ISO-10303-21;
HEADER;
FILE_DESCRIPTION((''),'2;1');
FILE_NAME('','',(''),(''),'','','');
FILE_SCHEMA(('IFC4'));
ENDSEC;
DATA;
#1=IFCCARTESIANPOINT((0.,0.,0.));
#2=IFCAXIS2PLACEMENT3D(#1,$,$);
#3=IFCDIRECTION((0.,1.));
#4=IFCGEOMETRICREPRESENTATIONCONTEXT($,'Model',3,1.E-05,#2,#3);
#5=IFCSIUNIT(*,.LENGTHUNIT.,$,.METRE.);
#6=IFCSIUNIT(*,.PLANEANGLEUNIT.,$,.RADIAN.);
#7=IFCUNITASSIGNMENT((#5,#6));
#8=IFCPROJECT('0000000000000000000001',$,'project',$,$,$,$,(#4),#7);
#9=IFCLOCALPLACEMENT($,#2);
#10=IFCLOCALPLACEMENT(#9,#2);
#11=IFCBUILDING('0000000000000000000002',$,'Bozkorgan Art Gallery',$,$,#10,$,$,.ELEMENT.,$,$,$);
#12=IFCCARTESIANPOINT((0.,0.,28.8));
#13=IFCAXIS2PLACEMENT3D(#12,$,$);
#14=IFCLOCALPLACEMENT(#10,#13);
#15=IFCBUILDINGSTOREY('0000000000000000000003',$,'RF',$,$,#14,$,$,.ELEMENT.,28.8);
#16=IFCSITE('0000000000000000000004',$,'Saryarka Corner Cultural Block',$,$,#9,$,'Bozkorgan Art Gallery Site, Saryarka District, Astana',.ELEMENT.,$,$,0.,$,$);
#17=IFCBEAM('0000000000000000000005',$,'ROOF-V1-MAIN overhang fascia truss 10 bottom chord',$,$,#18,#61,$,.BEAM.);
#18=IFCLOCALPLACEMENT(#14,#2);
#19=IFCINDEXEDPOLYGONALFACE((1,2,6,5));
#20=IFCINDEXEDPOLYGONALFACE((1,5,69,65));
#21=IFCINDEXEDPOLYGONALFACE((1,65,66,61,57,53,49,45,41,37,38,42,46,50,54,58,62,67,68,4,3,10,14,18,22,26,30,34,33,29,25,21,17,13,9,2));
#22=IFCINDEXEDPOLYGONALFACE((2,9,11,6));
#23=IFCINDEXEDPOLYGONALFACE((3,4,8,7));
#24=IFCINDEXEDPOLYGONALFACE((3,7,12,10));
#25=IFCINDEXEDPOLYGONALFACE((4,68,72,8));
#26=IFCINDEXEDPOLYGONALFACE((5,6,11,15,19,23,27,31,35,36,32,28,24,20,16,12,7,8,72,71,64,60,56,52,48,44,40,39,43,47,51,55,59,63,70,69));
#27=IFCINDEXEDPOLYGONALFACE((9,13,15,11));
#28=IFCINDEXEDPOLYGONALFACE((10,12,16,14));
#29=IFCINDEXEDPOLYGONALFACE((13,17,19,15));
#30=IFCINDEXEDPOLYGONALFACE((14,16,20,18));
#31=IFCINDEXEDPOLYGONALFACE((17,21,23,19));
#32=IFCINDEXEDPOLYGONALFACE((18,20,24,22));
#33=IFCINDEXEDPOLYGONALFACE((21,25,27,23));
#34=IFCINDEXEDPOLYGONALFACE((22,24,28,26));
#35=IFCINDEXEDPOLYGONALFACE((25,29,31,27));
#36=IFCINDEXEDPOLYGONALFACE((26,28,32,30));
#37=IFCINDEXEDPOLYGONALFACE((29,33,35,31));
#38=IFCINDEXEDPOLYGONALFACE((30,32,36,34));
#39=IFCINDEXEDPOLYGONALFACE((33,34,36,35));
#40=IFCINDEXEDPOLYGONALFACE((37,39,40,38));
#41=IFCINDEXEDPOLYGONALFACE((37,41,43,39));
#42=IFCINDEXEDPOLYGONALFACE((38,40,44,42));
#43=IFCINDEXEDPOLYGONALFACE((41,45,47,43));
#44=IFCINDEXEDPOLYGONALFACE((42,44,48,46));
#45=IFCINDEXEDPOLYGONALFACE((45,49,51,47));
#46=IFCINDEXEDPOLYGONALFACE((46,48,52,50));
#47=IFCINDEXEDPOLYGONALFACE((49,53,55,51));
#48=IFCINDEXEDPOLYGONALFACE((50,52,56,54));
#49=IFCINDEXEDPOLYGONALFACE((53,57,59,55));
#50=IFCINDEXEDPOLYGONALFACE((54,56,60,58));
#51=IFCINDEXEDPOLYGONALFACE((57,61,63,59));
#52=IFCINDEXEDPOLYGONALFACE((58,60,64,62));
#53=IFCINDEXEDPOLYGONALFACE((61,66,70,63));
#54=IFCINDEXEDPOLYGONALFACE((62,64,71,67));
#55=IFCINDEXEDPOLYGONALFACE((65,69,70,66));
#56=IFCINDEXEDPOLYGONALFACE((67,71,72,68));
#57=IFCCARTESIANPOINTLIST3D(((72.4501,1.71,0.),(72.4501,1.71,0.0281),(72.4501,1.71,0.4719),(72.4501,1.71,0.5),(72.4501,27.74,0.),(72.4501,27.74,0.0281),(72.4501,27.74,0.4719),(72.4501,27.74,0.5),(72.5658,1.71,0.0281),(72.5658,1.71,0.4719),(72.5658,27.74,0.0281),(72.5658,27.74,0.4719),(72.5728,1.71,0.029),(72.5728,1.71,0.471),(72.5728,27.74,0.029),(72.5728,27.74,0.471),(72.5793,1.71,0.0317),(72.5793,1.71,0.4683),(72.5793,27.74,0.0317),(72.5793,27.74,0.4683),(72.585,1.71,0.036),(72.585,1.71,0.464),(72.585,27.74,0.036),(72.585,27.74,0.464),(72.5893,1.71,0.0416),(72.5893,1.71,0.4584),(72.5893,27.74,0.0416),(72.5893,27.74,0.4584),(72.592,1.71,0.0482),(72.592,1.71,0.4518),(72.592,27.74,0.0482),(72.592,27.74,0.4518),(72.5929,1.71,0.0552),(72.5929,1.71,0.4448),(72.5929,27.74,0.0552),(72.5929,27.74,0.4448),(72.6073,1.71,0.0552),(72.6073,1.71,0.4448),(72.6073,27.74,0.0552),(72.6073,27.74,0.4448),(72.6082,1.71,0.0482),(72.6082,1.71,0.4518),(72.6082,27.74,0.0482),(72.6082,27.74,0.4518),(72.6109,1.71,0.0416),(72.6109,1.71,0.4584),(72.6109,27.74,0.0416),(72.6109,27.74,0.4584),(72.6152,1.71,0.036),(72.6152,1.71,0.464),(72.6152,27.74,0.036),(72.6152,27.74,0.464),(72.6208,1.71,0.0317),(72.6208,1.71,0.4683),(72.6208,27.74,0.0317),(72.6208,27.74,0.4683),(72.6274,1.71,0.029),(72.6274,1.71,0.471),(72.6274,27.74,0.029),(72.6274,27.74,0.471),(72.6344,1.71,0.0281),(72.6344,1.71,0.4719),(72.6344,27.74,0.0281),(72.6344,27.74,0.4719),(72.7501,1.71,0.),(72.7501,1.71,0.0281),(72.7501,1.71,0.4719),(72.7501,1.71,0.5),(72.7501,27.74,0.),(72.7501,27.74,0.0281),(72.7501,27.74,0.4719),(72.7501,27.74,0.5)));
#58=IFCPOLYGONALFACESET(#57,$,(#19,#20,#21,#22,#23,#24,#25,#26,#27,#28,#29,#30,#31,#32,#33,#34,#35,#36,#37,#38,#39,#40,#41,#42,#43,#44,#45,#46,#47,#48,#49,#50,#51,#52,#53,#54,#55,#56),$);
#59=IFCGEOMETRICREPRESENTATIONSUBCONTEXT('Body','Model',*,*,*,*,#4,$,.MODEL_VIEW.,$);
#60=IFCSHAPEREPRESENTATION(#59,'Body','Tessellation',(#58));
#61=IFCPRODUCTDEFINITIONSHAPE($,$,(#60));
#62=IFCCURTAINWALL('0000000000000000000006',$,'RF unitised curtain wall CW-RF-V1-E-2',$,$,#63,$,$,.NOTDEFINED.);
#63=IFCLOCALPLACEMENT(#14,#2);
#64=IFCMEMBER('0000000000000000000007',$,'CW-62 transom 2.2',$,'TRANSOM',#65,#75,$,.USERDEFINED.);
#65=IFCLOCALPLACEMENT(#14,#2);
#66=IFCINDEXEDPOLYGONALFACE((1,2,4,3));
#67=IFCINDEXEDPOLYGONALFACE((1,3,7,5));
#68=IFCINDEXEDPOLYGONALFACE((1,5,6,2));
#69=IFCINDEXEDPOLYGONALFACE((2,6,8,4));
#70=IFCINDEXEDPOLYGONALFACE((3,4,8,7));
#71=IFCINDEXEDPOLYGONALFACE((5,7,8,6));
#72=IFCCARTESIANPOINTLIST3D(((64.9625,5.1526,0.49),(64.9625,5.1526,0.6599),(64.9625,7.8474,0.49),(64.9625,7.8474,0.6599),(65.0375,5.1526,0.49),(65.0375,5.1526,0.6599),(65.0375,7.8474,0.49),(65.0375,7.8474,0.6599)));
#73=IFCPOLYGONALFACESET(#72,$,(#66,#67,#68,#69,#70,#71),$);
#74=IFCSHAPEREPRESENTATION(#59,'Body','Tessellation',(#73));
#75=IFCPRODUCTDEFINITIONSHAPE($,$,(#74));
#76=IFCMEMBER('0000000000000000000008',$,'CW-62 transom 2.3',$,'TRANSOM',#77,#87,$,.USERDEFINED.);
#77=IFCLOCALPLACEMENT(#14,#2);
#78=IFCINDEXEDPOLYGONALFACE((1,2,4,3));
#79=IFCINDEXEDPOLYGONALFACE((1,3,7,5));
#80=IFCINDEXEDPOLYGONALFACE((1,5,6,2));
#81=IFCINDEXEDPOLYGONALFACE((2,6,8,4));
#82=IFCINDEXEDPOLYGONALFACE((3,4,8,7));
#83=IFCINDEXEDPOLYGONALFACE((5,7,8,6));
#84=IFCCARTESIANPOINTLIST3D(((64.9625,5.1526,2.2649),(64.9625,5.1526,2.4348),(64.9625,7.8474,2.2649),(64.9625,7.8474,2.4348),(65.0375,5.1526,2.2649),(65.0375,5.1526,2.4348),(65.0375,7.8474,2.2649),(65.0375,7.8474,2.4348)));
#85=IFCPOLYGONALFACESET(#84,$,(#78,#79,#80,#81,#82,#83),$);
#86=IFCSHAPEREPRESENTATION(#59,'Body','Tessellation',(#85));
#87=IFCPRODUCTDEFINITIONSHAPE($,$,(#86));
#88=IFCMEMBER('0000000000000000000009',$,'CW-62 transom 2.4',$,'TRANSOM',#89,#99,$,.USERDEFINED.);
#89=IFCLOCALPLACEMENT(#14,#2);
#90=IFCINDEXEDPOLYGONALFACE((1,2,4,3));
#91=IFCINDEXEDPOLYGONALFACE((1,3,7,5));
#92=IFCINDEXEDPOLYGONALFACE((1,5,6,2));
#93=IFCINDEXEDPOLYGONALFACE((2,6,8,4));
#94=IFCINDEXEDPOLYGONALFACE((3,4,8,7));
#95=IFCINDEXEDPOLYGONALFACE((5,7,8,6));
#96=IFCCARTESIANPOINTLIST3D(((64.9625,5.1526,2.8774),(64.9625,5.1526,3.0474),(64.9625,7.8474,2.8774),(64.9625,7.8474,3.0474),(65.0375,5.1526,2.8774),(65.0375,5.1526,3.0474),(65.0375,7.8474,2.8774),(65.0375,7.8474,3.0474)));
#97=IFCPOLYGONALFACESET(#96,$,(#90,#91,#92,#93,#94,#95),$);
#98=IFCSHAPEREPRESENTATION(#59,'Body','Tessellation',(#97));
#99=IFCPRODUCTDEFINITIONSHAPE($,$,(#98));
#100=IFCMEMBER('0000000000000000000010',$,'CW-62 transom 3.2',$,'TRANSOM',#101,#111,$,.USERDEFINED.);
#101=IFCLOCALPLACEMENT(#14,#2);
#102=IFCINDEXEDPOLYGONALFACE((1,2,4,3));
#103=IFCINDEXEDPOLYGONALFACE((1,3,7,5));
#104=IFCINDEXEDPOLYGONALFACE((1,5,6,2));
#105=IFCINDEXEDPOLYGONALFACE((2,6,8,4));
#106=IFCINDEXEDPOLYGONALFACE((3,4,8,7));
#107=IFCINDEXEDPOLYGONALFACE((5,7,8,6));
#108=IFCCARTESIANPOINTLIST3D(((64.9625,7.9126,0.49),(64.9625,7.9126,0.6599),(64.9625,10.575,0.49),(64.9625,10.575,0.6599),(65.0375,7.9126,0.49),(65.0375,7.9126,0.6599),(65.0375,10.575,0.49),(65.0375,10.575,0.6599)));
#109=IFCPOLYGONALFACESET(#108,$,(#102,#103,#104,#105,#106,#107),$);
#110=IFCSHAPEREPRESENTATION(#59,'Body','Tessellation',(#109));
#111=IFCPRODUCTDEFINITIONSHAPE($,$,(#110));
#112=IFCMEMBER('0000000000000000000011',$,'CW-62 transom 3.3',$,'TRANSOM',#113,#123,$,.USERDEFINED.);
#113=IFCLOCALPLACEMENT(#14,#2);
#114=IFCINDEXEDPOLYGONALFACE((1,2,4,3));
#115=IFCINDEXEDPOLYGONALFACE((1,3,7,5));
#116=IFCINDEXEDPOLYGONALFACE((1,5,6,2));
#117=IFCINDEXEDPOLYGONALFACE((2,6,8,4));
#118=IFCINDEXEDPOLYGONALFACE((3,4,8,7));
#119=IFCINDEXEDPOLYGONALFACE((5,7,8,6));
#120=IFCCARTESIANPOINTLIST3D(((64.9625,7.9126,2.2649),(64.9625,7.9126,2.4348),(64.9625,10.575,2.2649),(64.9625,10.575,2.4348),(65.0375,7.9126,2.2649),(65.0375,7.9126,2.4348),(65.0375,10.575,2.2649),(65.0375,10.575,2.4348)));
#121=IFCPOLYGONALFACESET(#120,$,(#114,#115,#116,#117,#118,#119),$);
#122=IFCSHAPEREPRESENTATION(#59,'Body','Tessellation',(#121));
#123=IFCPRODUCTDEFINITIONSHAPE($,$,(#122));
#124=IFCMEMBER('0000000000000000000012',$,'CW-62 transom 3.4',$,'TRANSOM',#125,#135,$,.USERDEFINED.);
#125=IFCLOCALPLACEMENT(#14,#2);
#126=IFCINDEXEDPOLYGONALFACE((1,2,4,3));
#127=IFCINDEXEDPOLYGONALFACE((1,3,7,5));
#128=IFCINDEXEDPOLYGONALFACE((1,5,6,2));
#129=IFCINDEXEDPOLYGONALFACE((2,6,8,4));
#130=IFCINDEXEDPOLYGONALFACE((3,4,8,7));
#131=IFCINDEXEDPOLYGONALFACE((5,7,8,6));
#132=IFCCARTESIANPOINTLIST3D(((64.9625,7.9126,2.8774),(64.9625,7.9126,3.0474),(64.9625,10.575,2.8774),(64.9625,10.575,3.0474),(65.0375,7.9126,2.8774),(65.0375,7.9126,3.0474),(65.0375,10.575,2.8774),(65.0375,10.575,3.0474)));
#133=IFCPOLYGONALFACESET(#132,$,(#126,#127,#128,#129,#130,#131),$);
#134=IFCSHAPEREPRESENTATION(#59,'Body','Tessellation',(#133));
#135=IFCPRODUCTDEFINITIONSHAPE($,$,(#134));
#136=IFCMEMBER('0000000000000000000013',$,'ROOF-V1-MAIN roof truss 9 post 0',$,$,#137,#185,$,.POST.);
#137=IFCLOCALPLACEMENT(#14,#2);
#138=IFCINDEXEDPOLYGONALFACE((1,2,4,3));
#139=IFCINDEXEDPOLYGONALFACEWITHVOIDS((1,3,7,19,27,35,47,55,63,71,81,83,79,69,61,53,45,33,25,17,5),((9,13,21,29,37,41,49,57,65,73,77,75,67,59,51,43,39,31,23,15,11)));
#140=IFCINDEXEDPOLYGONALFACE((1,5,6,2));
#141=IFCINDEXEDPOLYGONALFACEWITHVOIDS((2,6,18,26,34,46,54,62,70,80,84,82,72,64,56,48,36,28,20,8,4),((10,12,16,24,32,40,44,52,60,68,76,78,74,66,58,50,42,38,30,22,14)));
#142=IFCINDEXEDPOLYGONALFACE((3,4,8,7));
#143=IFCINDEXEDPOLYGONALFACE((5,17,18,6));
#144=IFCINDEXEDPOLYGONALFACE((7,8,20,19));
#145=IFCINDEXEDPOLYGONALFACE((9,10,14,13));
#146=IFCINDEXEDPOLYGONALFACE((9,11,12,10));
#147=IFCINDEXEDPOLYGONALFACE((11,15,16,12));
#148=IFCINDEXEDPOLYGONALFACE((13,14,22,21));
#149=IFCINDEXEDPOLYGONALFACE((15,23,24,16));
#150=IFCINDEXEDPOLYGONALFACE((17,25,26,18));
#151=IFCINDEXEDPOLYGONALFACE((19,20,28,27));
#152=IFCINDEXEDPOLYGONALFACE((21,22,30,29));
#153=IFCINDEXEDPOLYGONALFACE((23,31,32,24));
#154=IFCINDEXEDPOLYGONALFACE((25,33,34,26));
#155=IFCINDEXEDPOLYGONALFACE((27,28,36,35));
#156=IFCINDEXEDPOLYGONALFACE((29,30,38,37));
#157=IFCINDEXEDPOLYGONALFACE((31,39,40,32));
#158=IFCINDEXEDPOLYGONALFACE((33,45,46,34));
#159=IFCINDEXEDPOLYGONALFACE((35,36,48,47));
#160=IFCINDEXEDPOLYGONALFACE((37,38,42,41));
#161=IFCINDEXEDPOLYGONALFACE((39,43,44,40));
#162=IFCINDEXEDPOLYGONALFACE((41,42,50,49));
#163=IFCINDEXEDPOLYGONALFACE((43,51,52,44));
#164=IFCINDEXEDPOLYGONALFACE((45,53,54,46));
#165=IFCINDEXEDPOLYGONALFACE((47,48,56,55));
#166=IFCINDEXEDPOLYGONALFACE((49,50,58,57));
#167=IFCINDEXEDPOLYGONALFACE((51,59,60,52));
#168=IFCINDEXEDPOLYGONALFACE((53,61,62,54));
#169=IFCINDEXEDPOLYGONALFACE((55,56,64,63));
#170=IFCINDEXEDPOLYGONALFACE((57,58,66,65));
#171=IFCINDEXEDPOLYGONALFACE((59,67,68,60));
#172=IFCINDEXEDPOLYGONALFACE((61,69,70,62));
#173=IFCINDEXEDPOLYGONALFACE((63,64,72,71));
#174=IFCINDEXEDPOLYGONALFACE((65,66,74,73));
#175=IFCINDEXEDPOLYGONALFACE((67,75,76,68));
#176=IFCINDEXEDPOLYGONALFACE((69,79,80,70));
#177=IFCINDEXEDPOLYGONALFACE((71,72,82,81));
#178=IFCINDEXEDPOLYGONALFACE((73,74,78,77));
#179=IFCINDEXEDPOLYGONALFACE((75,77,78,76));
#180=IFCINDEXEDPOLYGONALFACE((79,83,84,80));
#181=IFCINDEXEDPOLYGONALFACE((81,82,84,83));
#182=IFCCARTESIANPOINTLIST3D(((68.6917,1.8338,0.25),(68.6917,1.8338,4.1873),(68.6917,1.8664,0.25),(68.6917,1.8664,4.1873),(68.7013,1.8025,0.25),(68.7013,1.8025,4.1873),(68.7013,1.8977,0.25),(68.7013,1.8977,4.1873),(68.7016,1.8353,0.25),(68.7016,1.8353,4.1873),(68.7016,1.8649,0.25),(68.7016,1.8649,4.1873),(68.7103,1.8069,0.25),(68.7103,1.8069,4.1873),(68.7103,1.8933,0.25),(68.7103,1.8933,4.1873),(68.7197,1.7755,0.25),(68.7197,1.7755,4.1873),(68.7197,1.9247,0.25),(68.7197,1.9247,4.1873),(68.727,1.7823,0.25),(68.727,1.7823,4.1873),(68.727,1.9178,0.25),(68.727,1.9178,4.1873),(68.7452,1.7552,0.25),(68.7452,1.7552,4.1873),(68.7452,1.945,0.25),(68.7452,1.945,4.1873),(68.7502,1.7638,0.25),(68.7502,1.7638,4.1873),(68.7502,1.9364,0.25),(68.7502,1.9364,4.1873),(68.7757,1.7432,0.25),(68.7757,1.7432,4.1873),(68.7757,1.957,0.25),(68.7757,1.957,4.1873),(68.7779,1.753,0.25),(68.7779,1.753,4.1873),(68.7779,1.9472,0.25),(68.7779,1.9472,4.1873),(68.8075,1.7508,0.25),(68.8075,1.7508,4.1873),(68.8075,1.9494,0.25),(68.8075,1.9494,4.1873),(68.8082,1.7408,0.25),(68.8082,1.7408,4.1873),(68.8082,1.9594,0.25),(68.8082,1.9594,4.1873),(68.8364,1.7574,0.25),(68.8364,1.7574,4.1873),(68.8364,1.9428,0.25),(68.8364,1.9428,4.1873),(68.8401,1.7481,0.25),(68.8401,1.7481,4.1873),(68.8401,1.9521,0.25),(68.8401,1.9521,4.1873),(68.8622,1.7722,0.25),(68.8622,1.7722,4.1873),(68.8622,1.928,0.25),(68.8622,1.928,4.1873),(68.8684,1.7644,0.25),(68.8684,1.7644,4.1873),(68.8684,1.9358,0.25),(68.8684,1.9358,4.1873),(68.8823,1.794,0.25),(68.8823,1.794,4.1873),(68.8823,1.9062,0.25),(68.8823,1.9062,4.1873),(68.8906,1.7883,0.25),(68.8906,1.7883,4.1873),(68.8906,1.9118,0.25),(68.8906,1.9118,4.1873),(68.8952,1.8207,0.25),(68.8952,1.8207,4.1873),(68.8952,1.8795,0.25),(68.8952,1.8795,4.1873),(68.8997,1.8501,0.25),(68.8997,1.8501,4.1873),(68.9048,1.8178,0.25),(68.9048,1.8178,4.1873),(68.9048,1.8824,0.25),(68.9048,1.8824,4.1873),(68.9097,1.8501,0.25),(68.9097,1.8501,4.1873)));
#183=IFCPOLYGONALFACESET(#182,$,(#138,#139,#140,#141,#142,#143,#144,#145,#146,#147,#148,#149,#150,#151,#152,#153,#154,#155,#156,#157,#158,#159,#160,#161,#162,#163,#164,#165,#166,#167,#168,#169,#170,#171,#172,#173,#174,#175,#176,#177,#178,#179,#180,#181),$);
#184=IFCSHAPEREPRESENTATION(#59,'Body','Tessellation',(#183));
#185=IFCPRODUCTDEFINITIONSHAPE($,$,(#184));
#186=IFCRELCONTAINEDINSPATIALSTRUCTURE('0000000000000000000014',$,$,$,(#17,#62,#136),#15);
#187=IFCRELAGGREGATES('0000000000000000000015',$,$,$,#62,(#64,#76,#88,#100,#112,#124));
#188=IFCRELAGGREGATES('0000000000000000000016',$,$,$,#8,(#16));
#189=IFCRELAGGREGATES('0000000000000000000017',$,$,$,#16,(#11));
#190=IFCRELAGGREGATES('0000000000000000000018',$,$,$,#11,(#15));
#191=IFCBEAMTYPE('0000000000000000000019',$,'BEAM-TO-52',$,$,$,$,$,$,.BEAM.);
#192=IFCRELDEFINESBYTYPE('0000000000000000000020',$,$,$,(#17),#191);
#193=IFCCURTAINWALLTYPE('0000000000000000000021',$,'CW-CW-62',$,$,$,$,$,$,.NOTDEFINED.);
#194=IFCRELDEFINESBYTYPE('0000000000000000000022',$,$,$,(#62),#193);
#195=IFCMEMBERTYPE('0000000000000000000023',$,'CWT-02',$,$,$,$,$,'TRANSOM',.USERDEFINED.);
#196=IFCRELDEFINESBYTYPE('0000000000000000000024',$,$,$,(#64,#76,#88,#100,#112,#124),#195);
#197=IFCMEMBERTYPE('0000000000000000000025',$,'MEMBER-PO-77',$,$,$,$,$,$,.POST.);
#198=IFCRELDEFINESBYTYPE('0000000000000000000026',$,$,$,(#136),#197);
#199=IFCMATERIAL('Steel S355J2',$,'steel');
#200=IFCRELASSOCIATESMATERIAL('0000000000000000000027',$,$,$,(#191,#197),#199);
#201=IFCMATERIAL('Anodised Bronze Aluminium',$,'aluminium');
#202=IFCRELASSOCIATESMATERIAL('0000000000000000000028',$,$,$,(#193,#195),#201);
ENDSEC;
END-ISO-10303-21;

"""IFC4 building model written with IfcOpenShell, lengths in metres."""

from ifc_helpers import new_model, si_unit, direction, frame, origin, origin_2d, place, context, subcontext, project, spatial, rectangle, hollow_circle, i_section, extrude, material, material_profile, profile_set, type_object, element, aggregate, save


model = new_model("IFC4")

# Units and contexts
model_context = context("Model", 3, precision=1e-05, world=origin(), true_north=direction((0.0, 1.0)))
body_context = subcontext(model_context, "Body", "Model", "MODEL_VIEW")
ifc_project = project(units=[si_unit("LENGTHUNIT", "METRE"), si_unit("PLANEANGLEUNIT", "RADIAN")], contexts=[model_context])

# Site, building, storey
site_placement = place(None, origin())
site = spatial("IfcSite", under=ifc_project, at=site_placement, Name="Saryarka Corner Cultural Block", LongName="Bozkorgan Art Gallery Site, Saryarka District, Astana", CompositionType="ELEMENT", RefElevation=0.0)
building_placement = place(site_placement, origin())
building = spatial("IfcBuilding", under=site, at=building_placement, Name="Bozkorgan Art Gallery", CompositionType="ELEMENT")
storey_placement = place(building_placement, frame((0.0, 0.0, 28.8)))
storey = spatial("IfcBuildingStorey", under=building, at=storey_placement, Name="RF", CompositionType="ELEMENT", Elevation=28.8)

# Beam
ifc_material_1 = material(Name="Steel S355J2", Category="steel")
ifc_material_profile_1 = material_profile(ifc_material_1, i_section(OverallWidth=0.3, OverallDepth=0.5, WebThickness=0.0144, FlangeThickness=0.0281, FilletRadius=0.0271, at=origin_2d()), Name="HEB 500")
ifc_profile_set_1 = profile_set([ifc_material_profile_1], Name="Steel S355J2")
beam_type = type_object("IfcBeamType", Name="BEAM-TO-52", PredefinedType="BEAM", material=ifc_profile_set_1)
beam_placement = place(storey_placement, frame((72.6001, 1.71, 0.25), z_axis=(0.0, 1.0, 0.0), x_axis=(-1.0, 0.0, 0.0)))
element("IfcBeam", 1, at=beam_placement, inside=storey, type_object=beam_type, Name="ROOF-V1-MAIN overhang fascia truss 10 bottom chord", PredefinedType="BEAM", context=body_context, shape_type="SweptSolid", body=[
    extrude(i_section(OverallWidth=0.3, OverallDepth=0.5, WebThickness=0.0144, FlangeThickness=0.0281, FilletRadius=0.0271, at=origin_2d()), origin(), (0.0, 0.0, 1.0), 26.03),
])

# Curtain wall, members
ifc_material_2 = material(Name="Anodised Bronze Aluminium", Category="aluminium")
curtain_wall_type = type_object("IfcCurtainWallType", Name="CW-CW-62", PredefinedType="NOTDEFINED", material=ifc_material_2)
curtain_wall_placement = place(storey_placement, origin())
curtain_wall = element("IfcCurtainWall", 2, at=curtain_wall_placement, inside=storey, type_object=curtain_wall_type, Name="RF unitised curtain wall CW-RF-V1-E-2", PredefinedType="NOTDEFINED")
ifc_material_profile_2 = material_profile(ifc_material_2, rectangle(XDim=0.075, YDim=0.1699, at=origin_2d()), Name="ALU TRANSOM 75x170")
ifc_profile_set_2 = profile_set([ifc_material_profile_2], Name="Anodised Bronze Aluminium")
member_type_1 = type_object("IfcMemberType", Name="CWT-02", ElementType="TRANSOM", PredefinedType="USERDEFINED", material=ifc_profile_set_2)
member_1_placement = place(storey_placement, frame((65.0, 5.1526, 0.575), z_axis=(0.0, 1.0, 0.0), x_axis=(-1.0, 0.0, 0.0)))
member_1 = element("IfcMember", 3, at=member_1_placement, type_object=member_type_1, Name="CW-62 transom 2.2", ObjectType="TRANSOM", PredefinedType="USERDEFINED", context=body_context, shape_type="SweptSolid", body=[
    extrude(rectangle(XDim=0.075, YDim=0.1699, at=origin_2d()), origin(), (0.0, 0.0, 1.0), 2.6948),
])
member_2_placement = place(storey_placement, frame((65.0, 5.1526, 2.3499), z_axis=(0.0, 1.0, 0.0), x_axis=(-1.0, 0.0, 0.0)))
member_2 = element("IfcMember", 4, at=member_2_placement, type_object=member_type_1, Name="CW-62 transom 2.3", ObjectType="TRANSOM", PredefinedType="USERDEFINED", context=body_context, shape_type="SweptSolid", body=[
    extrude(rectangle(XDim=0.075, YDim=0.1699, at=origin_2d()), origin(), (0.0, 0.0, 1.0), 2.6948),
])
member_3_placement = place(storey_placement, frame((65.0, 5.1526, 2.9624), z_axis=(0.0, 1.0, 0.0), x_axis=(-1.0, 0.0, 0.0)))
member_3 = element("IfcMember", 5, at=member_3_placement, type_object=member_type_1, Name="CW-62 transom 2.4", ObjectType="TRANSOM", PredefinedType="USERDEFINED", context=body_context, shape_type="SweptSolid", body=[
    extrude(rectangle(XDim=0.075, YDim=0.1699, at=origin_2d()), origin(), (0.0, 0.0, 1.0), 2.6948),
])
member_4_placement = place(storey_placement, frame((65.0, 7.9126, 0.575), z_axis=(0.0, 1.0, 0.0), x_axis=(-1.0, 0.0, 0.0)))
member_4 = element("IfcMember", 6, at=member_4_placement, type_object=member_type_1, Name="CW-62 transom 3.2", ObjectType="TRANSOM", PredefinedType="USERDEFINED", context=body_context, shape_type="SweptSolid", body=[
    extrude(rectangle(XDim=0.075, YDim=0.1699, at=origin_2d()), origin(), (0.0, 0.0, 1.0), 2.6624),
])
member_5_placement = place(storey_placement, frame((65.0, 7.9126, 2.3499), z_axis=(0.0, 1.0, 0.0), x_axis=(-1.0, 0.0, 0.0)))
member_5 = element("IfcMember", 7, at=member_5_placement, type_object=member_type_1, Name="CW-62 transom 3.3", ObjectType="TRANSOM", PredefinedType="USERDEFINED", context=body_context, shape_type="SweptSolid", body=[
    extrude(rectangle(XDim=0.075, YDim=0.1699, at=origin_2d()), origin(), (0.0, 0.0, 1.0), 2.6624),
])
member_6_placement = place(storey_placement, frame((65.0, 7.9126, 2.9624), z_axis=(0.0, 1.0, 0.0), x_axis=(-1.0, 0.0, 0.0)))
member_6 = element("IfcMember", 8, at=member_6_placement, type_object=member_type_1, Name="CW-62 transom 3.4", ObjectType="TRANSOM", PredefinedType="USERDEFINED", context=body_context, shape_type="SweptSolid", body=[
    extrude(rectangle(XDim=0.075, YDim=0.1699, at=origin_2d()), origin(), (0.0, 0.0, 1.0), 2.6624),
])

# Member
ifc_material_profile_3 = material_profile(ifc_material_1, hollow_circle(Radius=0.1096, WallThickness=0.01, at=origin_2d()), Name="CHS 219.1x10")
ifc_profile_set_3 = profile_set([ifc_material_profile_3], Name="Steel S355J2")
member_type_2 = type_object("IfcMemberType", Name="MEMBER-PO-77", PredefinedType="POST", material=ifc_profile_set_3)
member_7_placement = place(storey_placement, frame((68.8, 1.8501, 0.25), z_axis=(0.0, 0.0, 1.0), x_axis=(1.0, 0.0, 0.0)))
element("IfcMember", 9, at=member_7_placement, inside=storey, type_object=member_type_2, Name="ROOF-V1-MAIN roof truss 9 post 0", PredefinedType="POST", context=body_context, shape_type="SweptSolid", body=[
    extrude(hollow_circle(Radius=0.1096, WallThickness=0.01, at=origin_2d()), origin(), (0.0, 0.0, 1.0), 3.9373),
])

aggregate(curtain_wall, [member_1, member_2, member_3, member_4, member_5, member_6])

save(model, "model.ifc")
